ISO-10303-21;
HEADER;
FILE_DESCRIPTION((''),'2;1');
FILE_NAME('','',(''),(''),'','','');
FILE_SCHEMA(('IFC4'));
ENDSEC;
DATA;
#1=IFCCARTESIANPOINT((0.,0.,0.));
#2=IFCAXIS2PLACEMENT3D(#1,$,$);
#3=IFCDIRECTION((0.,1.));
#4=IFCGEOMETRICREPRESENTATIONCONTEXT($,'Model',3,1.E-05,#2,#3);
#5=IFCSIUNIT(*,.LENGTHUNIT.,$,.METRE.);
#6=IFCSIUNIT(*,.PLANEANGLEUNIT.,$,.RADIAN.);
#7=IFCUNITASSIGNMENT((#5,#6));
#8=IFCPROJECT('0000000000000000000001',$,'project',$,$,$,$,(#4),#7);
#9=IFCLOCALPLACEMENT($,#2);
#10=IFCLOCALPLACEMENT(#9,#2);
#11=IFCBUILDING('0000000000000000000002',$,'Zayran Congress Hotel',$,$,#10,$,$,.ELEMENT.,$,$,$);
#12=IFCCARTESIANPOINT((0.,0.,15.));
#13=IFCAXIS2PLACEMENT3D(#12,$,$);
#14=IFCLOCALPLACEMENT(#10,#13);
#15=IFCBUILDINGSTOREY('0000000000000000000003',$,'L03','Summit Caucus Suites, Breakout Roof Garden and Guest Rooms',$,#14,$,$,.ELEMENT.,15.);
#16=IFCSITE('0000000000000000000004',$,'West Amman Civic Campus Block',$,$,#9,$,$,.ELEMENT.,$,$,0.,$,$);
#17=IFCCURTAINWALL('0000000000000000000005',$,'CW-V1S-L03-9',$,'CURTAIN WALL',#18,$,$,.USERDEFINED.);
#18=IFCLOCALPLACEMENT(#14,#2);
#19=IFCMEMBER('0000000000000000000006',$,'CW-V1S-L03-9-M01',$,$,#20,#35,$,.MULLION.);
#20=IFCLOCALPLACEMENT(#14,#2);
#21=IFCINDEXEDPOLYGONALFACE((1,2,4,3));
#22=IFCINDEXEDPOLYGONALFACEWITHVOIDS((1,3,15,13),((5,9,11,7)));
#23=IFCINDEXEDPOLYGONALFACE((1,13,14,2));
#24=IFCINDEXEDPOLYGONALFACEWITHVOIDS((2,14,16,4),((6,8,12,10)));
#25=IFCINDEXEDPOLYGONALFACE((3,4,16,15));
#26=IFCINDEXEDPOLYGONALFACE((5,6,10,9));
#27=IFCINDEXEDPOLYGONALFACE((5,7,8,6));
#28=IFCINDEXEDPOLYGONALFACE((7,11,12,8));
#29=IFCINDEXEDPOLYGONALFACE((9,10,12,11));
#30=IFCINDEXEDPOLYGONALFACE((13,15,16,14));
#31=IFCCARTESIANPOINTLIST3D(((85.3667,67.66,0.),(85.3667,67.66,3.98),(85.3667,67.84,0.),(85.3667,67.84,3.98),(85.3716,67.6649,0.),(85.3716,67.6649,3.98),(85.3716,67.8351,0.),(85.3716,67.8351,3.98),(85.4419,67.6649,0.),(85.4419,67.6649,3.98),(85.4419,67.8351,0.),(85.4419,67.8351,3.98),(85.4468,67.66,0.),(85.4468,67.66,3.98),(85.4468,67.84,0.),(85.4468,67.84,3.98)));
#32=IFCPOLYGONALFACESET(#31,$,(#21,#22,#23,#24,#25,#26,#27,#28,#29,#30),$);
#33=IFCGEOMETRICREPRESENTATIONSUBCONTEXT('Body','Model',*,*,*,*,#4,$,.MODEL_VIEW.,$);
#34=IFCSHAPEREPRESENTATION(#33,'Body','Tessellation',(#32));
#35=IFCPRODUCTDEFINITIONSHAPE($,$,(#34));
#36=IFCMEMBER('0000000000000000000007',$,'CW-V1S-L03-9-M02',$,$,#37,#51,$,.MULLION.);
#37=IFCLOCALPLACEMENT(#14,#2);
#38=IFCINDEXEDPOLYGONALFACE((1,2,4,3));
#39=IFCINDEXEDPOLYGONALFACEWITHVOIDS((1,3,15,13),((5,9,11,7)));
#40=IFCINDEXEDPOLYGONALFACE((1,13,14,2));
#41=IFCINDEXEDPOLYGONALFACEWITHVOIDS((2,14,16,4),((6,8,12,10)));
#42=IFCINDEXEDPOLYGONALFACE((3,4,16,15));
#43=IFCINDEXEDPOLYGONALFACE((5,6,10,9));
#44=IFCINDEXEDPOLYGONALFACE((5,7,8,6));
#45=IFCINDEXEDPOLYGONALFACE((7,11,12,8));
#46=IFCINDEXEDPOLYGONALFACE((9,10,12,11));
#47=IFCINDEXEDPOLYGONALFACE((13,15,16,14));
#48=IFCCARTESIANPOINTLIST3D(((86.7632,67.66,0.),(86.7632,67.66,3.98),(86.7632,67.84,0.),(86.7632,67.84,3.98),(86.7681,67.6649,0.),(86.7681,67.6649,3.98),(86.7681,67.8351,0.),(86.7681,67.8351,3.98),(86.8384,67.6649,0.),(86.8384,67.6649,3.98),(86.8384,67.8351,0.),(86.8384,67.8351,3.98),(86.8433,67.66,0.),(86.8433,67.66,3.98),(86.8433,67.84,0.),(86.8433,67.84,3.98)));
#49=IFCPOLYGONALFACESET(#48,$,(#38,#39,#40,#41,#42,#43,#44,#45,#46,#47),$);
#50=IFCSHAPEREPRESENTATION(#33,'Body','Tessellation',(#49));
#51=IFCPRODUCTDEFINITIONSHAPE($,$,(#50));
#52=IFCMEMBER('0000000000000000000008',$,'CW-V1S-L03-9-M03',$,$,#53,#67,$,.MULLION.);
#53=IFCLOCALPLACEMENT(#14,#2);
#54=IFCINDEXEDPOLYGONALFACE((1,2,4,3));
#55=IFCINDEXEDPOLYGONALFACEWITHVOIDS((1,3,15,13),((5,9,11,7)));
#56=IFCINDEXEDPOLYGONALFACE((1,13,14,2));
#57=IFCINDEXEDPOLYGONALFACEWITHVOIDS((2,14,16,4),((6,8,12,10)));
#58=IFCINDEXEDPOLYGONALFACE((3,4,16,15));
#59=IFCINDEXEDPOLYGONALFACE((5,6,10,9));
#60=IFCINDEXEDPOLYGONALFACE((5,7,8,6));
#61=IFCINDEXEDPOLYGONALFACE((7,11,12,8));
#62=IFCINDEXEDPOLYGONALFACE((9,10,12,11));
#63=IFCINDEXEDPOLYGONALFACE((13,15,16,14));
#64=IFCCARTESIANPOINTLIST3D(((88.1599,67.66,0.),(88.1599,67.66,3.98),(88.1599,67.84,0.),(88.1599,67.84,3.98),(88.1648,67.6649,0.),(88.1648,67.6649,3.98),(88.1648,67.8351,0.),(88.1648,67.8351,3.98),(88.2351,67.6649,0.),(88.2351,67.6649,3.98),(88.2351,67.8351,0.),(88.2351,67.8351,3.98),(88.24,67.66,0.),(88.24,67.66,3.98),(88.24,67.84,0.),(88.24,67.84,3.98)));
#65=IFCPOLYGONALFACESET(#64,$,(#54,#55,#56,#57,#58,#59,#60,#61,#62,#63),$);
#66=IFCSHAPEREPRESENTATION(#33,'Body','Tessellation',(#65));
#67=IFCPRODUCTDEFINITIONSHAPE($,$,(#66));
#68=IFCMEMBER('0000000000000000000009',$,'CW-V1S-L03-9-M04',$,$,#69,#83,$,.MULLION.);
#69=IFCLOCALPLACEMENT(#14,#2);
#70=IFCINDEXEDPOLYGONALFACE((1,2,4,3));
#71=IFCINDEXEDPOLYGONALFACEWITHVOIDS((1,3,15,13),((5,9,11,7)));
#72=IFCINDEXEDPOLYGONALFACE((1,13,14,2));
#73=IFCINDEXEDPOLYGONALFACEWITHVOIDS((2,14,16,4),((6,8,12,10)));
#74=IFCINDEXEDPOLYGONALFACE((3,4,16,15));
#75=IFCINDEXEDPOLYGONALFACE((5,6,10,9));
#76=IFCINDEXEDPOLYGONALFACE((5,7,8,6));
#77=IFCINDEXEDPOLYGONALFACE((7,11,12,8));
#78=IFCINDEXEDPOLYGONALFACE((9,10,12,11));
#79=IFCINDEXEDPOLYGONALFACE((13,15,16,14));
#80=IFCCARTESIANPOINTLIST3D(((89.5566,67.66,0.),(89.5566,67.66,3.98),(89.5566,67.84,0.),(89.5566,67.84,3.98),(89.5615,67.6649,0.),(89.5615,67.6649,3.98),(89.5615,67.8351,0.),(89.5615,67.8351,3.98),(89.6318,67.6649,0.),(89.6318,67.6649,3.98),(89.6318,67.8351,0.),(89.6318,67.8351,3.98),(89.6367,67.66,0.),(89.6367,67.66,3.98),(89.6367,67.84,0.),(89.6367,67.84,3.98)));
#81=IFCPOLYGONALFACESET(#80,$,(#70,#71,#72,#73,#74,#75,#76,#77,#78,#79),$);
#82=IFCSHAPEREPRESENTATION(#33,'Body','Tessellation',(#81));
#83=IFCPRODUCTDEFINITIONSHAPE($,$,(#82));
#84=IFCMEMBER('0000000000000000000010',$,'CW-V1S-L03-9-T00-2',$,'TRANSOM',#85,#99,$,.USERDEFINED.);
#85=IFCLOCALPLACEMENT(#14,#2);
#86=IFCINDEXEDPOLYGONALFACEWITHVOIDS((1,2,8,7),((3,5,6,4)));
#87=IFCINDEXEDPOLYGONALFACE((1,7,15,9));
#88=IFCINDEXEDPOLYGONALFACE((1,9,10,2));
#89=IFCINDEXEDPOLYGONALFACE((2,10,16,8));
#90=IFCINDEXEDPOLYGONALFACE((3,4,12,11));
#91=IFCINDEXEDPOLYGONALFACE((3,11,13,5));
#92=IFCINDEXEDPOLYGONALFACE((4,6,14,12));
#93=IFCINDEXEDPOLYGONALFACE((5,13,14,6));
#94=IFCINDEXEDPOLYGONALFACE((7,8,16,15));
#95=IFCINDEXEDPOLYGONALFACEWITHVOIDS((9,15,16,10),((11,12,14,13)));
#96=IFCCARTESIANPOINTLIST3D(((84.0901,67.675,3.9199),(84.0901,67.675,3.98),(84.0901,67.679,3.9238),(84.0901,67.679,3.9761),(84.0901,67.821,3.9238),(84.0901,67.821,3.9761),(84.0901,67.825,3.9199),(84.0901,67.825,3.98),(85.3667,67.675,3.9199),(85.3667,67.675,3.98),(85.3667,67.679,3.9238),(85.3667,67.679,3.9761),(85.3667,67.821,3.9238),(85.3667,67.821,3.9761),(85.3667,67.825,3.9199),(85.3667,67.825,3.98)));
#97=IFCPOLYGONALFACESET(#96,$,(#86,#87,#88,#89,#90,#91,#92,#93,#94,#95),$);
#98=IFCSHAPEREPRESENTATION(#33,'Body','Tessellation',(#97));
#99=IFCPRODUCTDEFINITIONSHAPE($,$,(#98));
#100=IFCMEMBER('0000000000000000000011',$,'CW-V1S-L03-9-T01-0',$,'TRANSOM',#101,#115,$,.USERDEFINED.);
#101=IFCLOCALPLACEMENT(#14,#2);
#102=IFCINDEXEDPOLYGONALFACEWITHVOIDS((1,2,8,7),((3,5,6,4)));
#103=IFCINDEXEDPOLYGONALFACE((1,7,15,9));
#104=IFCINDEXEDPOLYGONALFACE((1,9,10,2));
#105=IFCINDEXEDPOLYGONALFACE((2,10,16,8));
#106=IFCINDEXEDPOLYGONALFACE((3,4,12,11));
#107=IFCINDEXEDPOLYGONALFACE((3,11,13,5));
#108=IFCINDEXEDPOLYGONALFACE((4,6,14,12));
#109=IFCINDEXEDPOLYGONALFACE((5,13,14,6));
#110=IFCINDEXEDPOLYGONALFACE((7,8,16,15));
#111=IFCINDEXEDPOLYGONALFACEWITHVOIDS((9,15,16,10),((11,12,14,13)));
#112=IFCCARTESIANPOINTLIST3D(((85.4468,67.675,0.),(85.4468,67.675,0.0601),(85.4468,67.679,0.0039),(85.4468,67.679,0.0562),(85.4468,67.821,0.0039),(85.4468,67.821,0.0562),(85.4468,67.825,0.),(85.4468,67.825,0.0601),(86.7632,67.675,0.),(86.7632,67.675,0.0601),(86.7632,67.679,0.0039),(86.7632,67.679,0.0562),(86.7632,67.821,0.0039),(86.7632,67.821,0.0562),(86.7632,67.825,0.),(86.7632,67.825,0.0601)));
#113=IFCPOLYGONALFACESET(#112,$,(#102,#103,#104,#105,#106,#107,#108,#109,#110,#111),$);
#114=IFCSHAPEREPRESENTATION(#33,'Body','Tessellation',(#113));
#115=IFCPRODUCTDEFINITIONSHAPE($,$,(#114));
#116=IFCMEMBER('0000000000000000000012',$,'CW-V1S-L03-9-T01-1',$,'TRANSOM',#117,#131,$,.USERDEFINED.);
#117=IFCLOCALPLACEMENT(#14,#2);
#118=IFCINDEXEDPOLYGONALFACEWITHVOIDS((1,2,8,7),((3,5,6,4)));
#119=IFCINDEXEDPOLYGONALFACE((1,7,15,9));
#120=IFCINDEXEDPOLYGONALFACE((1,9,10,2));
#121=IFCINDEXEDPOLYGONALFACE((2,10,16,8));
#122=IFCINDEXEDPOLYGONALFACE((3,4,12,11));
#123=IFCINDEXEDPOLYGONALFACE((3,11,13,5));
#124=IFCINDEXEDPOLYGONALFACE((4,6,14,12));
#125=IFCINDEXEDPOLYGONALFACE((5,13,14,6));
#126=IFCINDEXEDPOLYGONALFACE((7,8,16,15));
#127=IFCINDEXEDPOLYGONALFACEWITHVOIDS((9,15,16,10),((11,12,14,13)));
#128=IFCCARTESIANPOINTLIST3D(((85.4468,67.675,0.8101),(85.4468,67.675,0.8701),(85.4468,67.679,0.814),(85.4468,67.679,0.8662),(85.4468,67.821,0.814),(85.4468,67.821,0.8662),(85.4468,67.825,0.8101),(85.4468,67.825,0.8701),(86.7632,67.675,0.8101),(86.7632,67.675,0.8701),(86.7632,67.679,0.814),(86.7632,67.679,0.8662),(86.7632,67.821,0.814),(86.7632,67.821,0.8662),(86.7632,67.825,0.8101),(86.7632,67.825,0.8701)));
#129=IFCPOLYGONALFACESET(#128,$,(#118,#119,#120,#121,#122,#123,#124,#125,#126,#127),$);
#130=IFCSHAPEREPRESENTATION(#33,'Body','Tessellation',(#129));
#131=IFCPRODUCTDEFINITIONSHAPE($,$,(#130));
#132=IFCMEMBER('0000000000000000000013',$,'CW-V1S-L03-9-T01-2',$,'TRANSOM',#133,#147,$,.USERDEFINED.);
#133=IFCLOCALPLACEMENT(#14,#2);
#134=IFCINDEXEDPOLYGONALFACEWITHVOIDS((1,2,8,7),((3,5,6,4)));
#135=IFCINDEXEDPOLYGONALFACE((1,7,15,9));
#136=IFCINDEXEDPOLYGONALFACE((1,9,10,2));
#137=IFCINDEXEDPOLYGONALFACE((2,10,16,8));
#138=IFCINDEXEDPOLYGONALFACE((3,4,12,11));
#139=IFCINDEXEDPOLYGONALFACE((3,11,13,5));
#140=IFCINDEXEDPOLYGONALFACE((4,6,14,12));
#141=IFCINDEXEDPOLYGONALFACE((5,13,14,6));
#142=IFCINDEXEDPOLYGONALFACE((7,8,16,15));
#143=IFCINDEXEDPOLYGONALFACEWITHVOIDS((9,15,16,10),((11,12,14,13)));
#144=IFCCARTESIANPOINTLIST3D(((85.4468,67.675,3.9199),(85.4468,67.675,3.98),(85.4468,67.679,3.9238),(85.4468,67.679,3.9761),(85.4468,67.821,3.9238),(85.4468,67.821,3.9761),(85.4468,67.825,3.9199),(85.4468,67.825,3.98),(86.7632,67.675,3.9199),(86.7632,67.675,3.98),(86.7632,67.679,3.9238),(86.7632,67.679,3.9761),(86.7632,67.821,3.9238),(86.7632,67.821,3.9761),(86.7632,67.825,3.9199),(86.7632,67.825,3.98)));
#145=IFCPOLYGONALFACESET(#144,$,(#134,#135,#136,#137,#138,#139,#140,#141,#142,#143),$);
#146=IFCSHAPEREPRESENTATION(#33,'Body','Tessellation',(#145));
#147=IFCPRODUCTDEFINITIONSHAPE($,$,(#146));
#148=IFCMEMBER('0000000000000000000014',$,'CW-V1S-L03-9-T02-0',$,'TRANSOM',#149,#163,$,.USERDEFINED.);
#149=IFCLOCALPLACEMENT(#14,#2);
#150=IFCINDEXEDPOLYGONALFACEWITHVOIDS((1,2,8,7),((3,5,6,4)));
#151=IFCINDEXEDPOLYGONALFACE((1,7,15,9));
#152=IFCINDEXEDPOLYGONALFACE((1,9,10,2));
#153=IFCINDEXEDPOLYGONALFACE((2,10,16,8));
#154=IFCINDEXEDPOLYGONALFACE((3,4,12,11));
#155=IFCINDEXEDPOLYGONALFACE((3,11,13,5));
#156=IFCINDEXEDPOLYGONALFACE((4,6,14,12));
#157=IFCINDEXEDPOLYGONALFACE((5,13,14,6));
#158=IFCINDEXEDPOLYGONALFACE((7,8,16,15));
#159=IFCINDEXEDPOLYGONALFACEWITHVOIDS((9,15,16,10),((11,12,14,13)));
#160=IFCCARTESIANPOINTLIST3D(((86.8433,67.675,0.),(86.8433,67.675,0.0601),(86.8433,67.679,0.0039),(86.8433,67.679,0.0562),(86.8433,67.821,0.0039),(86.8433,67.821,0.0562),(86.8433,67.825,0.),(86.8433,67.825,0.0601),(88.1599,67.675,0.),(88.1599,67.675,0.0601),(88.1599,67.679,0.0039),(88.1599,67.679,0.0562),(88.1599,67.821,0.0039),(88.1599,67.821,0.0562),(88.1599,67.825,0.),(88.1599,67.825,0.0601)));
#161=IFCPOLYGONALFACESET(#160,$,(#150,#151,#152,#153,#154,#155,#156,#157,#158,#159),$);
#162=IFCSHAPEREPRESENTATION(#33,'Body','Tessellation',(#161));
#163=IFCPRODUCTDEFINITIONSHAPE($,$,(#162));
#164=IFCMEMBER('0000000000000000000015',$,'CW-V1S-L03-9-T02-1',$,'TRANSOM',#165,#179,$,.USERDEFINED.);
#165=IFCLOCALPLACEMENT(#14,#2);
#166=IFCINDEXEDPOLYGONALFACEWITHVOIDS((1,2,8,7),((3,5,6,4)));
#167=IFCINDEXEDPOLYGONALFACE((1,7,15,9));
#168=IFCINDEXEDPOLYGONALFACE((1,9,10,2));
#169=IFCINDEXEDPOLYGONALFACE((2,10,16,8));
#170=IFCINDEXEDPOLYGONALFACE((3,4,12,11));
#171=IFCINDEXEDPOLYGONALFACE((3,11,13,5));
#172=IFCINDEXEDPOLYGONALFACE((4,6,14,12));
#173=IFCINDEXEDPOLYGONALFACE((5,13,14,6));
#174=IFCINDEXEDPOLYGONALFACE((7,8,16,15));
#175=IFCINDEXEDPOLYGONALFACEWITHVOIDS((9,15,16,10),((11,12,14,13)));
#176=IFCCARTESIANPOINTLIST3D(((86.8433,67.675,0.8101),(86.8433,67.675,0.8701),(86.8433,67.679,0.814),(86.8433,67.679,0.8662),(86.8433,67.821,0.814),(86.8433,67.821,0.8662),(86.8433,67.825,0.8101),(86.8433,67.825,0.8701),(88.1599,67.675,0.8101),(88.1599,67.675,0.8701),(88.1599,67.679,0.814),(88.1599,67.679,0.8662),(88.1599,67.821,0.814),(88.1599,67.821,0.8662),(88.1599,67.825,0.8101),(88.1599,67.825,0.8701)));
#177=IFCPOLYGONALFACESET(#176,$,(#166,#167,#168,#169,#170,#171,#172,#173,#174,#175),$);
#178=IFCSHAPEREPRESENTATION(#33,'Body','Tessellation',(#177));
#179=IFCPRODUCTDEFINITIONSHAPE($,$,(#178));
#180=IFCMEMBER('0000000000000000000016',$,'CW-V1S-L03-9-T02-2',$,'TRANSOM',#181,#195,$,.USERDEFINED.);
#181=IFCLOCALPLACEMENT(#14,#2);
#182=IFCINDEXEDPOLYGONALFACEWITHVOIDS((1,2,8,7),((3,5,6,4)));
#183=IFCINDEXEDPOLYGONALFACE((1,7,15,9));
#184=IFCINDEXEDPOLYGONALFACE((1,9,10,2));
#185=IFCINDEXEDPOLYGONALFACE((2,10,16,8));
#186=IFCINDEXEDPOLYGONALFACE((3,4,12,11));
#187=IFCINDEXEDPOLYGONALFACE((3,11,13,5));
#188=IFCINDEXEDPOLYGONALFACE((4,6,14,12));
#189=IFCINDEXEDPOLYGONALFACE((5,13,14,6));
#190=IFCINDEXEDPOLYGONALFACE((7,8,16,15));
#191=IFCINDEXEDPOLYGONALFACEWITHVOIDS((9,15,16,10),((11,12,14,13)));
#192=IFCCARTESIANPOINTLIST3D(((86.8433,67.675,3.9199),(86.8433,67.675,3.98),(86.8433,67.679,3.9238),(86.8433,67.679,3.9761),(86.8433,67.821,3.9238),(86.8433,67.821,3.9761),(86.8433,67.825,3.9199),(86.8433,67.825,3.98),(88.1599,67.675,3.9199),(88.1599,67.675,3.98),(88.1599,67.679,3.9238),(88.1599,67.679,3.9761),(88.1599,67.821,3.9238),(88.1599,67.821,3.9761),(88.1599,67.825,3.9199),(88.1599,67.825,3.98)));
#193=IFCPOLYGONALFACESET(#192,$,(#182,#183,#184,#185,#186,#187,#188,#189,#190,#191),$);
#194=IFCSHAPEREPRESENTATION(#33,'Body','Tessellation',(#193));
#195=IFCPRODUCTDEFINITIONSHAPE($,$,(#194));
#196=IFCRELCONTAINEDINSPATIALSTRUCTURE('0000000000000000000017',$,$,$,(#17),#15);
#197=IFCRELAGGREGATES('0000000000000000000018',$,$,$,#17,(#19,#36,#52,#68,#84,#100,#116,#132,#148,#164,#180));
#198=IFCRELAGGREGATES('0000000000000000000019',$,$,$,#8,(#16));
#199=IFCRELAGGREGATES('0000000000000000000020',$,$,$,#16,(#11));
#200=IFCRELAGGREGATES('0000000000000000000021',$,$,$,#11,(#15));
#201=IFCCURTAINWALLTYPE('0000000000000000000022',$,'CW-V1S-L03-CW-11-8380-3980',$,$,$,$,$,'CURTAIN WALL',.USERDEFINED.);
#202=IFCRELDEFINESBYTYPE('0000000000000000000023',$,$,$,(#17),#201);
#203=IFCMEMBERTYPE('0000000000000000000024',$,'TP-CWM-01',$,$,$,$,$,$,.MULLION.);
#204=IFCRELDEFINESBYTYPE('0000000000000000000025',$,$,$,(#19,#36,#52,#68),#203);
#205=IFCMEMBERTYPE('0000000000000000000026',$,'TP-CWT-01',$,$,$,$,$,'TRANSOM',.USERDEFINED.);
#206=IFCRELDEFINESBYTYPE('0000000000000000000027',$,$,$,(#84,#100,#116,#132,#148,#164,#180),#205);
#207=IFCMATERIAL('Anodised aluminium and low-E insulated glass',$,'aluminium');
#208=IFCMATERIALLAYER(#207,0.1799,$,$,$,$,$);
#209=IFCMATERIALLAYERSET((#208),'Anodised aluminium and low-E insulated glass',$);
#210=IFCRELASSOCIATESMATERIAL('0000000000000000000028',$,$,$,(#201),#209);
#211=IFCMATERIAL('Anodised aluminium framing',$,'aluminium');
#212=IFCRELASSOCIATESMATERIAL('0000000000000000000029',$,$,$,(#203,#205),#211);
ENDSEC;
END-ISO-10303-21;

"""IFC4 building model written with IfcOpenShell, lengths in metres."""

from ifc_helpers import new_model, si_unit, direction, frame, origin, origin_2d, place, context, subcontext, project, spatial, hollow_rectangle, extrude, material, layer, layer_set, material_profile, profile_set, type_object, element, aggregate, save


model = new_model("IFC4")

# Units and contexts
model_context = context("Model", 3, precision=1e-05, world=origin(), true_north=direction((0.0, 1.0)))
body_context = subcontext(model_context, "Body", "Model", "MODEL_VIEW")
ifc_project = project(units=[si_unit("LENGTHUNIT", "METRE"), si_unit("PLANEANGLEUNIT", "RADIAN")], contexts=[model_context])

# Site, building, storey
site_placement = place(None, origin())
site = spatial("IfcSite", under=ifc_project, at=site_placement, Name="West Amman Civic Campus Block", CompositionType="ELEMENT", RefElevation=0.0)
building_placement = place(site_placement, origin())
building = spatial("IfcBuilding", under=site, at=building_placement, Name="Zayran Congress Hotel", CompositionType="ELEMENT")
storey_placement = place(building_placement, frame((0.0, 0.0, 15.0)))
storey = spatial("IfcBuildingStorey", under=building, at=storey_placement, Name="L03", Description="Summit Caucus Suites, Breakout Roof Garden and Guest Rooms", CompositionType="ELEMENT", Elevation=15.0)

# Curtain wall, members
ifc_material_1 = material(Name="Anodised aluminium and low-E insulated glass", Category="aluminium")
ifc_layer_1 = layer(ifc_material_1, 0.1799)
ifc_layer_set_1 = layer_set([ifc_layer_1], Name="Anodised aluminium and low-E insulated glass")
curtain_wall_type = type_object("IfcCurtainWallType", Name="CW-V1S-L03-CW-11-8380-3980", ElementType="CURTAIN WALL", PredefinedType="USERDEFINED", material=ifc_layer_set_1)
curtain_wall_placement = place(storey_placement, origin())
curtain_wall = element("IfcCurtainWall", 1, at=curtain_wall_placement, inside=storey, type_object=curtain_wall_type, Name="CW-V1S-L03-9", ObjectType="CURTAIN WALL", PredefinedType="USERDEFINED")
ifc_material_2 = material(Name="Anodised aluminium framing", Category="aluminium")
ifc_material_profile_1 = material_profile(ifc_material_2, hollow_rectangle(XDim=0.0801, YDim=0.1799, WallThickness=0.0049, at=origin_2d()), Name="RHS 180x80x5")
ifc_profile_set_1 = profile_set([ifc_material_profile_1], Name="Anodised aluminium framing")
member_type_1 = type_object("IfcMemberType", Name="TP-CWM-01", PredefinedType="MULLION", material=ifc_profile_set_1)
member_1_placement = place(storey_placement, frame((85.4067, 67.75, 0.0), z_axis=(0.0, 0.0, 1.0), x_axis=(1.0, 0.0, 0.0)))
member_1 = element("IfcMember", 2, at=member_1_placement, type_object=member_type_1, Name="CW-V1S-L03-9-M01", PredefinedType="MULLION", context=body_context, shape_type="SweptSolid", body=[
    extrude(hollow_rectangle(XDim=0.0801, YDim=0.1799, WallThickness=0.0049, at=origin_2d()), origin(), (0.0, 0.0, 1.0), 3.98),
])
member_2_placement = place(storey_placement, frame((86.8032, 67.75, 0.0), z_axis=(0.0, 0.0, 1.0), x_axis=(1.0, 0.0, 0.0)))
member_2 = element("IfcMember", 3, at=member_2_placement, type_object=member_type_1, Name="CW-V1S-L03-9-M02", PredefinedType="MULLION", context=body_context, shape_type="SweptSolid", body=[
    extrude(hollow_rectangle(XDim=0.0801, YDim=0.1799, WallThickness=0.0049, at=origin_2d()), origin(), (0.0, 0.0, 1.0), 3.98),
])
member_3_placement = place(storey_placement, frame((88.2, 67.75, 0.0), z_axis=(0.0, 0.0, 1.0), x_axis=(1.0, 0.0, 0.0)))
member_3 = element("IfcMember", 4, at=member_3_placement, type_object=member_type_1, Name="CW-V1S-L03-9-M03", PredefinedType="MULLION", context=body_context, shape_type="SweptSolid", body=[
    extrude(hollow_rectangle(XDim=0.0801, YDim=0.1799, WallThickness=0.0049, at=origin_2d()), origin(), (0.0, 0.0, 1.0), 3.98),
])
member_4_placement = place(storey_placement, frame((89.5967, 67.75, 0.0), z_axis=(0.0, 0.0, 1.0), x_axis=(1.0, 0.0, 0.0)))
member_4 = element("IfcMember", 5, at=member_4_placement, type_object=member_type_1, Name="CW-V1S-L03-9-M04", PredefinedType="MULLION", context=body_context, shape_type="SweptSolid", body=[
    extrude(hollow_rectangle(XDim=0.0801, YDim=0.1799, WallThickness=0.0049, at=origin_2d()), origin(), (0.0, 0.0, 1.0), 3.98),
])
ifc_material_profile_2 = material_profile(ifc_material_2, hollow_rectangle(XDim=0.0601, YDim=0.1499, WallThickness=0.0039, at=origin_2d()), Name="RHS 150x60x4")
ifc_profile_set_2 = profile_set([ifc_material_profile_2], Name="Anodised aluminium framing")
member_type_2 = type_object("IfcMemberType", Name="TP-CWT-01", ElementType="TRANSOM", PredefinedType="USERDEFINED", material=ifc_profile_set_2)
member_5_placement = place(storey_placement, frame((84.0901, 67.75, 3.95), z_axis=(1.0, 0.0, 0.0), x_axis=(0.0, 0.0, 1.0)))
member_5 = element("IfcMember", 6, at=member_5_placement, type_object=member_type_2, Name="CW-V1S-L03-9-T00-2", ObjectType="TRANSOM", PredefinedType="USERDEFINED", context=body_context, shape_type="SweptSolid", body=[
    extrude(hollow_rectangle(XDim=0.0601, YDim=0.1499, WallThickness=0.0039, at=origin_2d()), origin(), (0.0, 0.0, 1.0), 1.2766),
])
member_6_placement = place(storey_placement, frame((85.4468, 67.75, 0.03), z_axis=(1.0, 0.0, 0.0), x_axis=(0.0, 0.0, 1.0)))
member_6 = element("IfcMember", 7, at=member_6_placement, type_object=member_type_2, Name="CW-V1S-L03-9-T01-0", ObjectType="TRANSOM", PredefinedType="USERDEFINED", context=body_context, shape_type="SweptSolid", body=[
    extrude(hollow_rectangle(XDim=0.0601, YDim=0.1499, WallThickness=0.0039, at=origin_2d()), origin(), (0.0, 0.0, 1.0), 1.3164),
])
member_7_placement = place(storey_placement, frame((85.4468, 67.75, 0.8401), z_axis=(1.0, 0.0, 0.0), x_axis=(0.0, 0.0, 1.0)))
member_7 = element("IfcMember", 8, at=member_7_placement, type_object=member_type_2, Name="CW-V1S-L03-9-T01-1", ObjectType="TRANSOM", PredefinedType="USERDEFINED", context=body_context, shape_type="SweptSolid", body=[
    extrude(hollow_rectangle(XDim=0.0601, YDim=0.1499, WallThickness=0.0039, at=origin_2d()), origin(), (0.0, 0.0, 1.0), 1.3164),
])
member_8_placement = place(storey_placement, frame((85.4468, 67.75, 3.95), z_axis=(1.0, 0.0, 0.0), x_axis=(0.0, 0.0, 1.0)))
member_8 = element("IfcMember", 9, at=member_8_placement, type_object=member_type_2, Name="CW-V1S-L03-9-T01-2", ObjectType="TRANSOM", PredefinedType="USERDEFINED", context=body_context, shape_type="SweptSolid", body=[
    extrude(hollow_rectangle(XDim=0.0601, YDim=0.1499, WallThickness=0.0039, at=origin_2d()), origin(), (0.0, 0.0, 1.0), 1.3164),
])
member_9_placement = place(storey_placement, frame((86.8433, 67.75, 0.03), z_axis=(1.0, 0.0, 0.0), x_axis=(0.0, 0.0, 1.0)))
member_9 = element("IfcMember", 10, at=member_9_placement, type_object=member_type_2, Name="CW-V1S-L03-9-T02-0", ObjectType="TRANSOM", PredefinedType="USERDEFINED", context=body_context, shape_type="SweptSolid", body=[
    extrude(hollow_rectangle(XDim=0.0601, YDim=0.1499, WallThickness=0.0039, at=origin_2d()), origin(), (0.0, 0.0, 1.0), 1.3167),
])
member_10_placement = place(storey_placement, frame((86.8433, 67.75, 0.8401), z_axis=(1.0, 0.0, 0.0), x_axis=(0.0, 0.0, 1.0)))
member_10 = element("IfcMember", 11, at=member_10_placement, type_object=member_type_2, Name="CW-V1S-L03-9-T02-1", ObjectType="TRANSOM", PredefinedType="USERDEFINED", context=body_context, shape_type="SweptSolid", body=[
    extrude(hollow_rectangle(XDim=0.0601, YDim=0.1499, WallThickness=0.0039, at=origin_2d()), origin(), (0.0, 0.0, 1.0), 1.3167),
])
member_11_placement = place(storey_placement, frame((86.8433, 67.75, 3.95), z_axis=(1.0, 0.0, 0.0), x_axis=(0.0, 0.0, 1.0)))
member_11 = element("IfcMember", 12, at=member_11_placement, type_object=member_type_2, Name="CW-V1S-L03-9-T02-2", ObjectType="TRANSOM", PredefinedType="USERDEFINED", context=body_context, shape_type="SweptSolid", body=[
    extrude(hollow_rectangle(XDim=0.0601, YDim=0.1499, WallThickness=0.0039, at=origin_2d()), origin(), (0.0, 0.0, 1.0), 1.3167),
])
aggregate(curtain_wall, [member_1, member_2, member_3, member_4, member_5, member_6, member_7, member_8, member_9, member_10, member_11])

save(model, "model.ifc")
